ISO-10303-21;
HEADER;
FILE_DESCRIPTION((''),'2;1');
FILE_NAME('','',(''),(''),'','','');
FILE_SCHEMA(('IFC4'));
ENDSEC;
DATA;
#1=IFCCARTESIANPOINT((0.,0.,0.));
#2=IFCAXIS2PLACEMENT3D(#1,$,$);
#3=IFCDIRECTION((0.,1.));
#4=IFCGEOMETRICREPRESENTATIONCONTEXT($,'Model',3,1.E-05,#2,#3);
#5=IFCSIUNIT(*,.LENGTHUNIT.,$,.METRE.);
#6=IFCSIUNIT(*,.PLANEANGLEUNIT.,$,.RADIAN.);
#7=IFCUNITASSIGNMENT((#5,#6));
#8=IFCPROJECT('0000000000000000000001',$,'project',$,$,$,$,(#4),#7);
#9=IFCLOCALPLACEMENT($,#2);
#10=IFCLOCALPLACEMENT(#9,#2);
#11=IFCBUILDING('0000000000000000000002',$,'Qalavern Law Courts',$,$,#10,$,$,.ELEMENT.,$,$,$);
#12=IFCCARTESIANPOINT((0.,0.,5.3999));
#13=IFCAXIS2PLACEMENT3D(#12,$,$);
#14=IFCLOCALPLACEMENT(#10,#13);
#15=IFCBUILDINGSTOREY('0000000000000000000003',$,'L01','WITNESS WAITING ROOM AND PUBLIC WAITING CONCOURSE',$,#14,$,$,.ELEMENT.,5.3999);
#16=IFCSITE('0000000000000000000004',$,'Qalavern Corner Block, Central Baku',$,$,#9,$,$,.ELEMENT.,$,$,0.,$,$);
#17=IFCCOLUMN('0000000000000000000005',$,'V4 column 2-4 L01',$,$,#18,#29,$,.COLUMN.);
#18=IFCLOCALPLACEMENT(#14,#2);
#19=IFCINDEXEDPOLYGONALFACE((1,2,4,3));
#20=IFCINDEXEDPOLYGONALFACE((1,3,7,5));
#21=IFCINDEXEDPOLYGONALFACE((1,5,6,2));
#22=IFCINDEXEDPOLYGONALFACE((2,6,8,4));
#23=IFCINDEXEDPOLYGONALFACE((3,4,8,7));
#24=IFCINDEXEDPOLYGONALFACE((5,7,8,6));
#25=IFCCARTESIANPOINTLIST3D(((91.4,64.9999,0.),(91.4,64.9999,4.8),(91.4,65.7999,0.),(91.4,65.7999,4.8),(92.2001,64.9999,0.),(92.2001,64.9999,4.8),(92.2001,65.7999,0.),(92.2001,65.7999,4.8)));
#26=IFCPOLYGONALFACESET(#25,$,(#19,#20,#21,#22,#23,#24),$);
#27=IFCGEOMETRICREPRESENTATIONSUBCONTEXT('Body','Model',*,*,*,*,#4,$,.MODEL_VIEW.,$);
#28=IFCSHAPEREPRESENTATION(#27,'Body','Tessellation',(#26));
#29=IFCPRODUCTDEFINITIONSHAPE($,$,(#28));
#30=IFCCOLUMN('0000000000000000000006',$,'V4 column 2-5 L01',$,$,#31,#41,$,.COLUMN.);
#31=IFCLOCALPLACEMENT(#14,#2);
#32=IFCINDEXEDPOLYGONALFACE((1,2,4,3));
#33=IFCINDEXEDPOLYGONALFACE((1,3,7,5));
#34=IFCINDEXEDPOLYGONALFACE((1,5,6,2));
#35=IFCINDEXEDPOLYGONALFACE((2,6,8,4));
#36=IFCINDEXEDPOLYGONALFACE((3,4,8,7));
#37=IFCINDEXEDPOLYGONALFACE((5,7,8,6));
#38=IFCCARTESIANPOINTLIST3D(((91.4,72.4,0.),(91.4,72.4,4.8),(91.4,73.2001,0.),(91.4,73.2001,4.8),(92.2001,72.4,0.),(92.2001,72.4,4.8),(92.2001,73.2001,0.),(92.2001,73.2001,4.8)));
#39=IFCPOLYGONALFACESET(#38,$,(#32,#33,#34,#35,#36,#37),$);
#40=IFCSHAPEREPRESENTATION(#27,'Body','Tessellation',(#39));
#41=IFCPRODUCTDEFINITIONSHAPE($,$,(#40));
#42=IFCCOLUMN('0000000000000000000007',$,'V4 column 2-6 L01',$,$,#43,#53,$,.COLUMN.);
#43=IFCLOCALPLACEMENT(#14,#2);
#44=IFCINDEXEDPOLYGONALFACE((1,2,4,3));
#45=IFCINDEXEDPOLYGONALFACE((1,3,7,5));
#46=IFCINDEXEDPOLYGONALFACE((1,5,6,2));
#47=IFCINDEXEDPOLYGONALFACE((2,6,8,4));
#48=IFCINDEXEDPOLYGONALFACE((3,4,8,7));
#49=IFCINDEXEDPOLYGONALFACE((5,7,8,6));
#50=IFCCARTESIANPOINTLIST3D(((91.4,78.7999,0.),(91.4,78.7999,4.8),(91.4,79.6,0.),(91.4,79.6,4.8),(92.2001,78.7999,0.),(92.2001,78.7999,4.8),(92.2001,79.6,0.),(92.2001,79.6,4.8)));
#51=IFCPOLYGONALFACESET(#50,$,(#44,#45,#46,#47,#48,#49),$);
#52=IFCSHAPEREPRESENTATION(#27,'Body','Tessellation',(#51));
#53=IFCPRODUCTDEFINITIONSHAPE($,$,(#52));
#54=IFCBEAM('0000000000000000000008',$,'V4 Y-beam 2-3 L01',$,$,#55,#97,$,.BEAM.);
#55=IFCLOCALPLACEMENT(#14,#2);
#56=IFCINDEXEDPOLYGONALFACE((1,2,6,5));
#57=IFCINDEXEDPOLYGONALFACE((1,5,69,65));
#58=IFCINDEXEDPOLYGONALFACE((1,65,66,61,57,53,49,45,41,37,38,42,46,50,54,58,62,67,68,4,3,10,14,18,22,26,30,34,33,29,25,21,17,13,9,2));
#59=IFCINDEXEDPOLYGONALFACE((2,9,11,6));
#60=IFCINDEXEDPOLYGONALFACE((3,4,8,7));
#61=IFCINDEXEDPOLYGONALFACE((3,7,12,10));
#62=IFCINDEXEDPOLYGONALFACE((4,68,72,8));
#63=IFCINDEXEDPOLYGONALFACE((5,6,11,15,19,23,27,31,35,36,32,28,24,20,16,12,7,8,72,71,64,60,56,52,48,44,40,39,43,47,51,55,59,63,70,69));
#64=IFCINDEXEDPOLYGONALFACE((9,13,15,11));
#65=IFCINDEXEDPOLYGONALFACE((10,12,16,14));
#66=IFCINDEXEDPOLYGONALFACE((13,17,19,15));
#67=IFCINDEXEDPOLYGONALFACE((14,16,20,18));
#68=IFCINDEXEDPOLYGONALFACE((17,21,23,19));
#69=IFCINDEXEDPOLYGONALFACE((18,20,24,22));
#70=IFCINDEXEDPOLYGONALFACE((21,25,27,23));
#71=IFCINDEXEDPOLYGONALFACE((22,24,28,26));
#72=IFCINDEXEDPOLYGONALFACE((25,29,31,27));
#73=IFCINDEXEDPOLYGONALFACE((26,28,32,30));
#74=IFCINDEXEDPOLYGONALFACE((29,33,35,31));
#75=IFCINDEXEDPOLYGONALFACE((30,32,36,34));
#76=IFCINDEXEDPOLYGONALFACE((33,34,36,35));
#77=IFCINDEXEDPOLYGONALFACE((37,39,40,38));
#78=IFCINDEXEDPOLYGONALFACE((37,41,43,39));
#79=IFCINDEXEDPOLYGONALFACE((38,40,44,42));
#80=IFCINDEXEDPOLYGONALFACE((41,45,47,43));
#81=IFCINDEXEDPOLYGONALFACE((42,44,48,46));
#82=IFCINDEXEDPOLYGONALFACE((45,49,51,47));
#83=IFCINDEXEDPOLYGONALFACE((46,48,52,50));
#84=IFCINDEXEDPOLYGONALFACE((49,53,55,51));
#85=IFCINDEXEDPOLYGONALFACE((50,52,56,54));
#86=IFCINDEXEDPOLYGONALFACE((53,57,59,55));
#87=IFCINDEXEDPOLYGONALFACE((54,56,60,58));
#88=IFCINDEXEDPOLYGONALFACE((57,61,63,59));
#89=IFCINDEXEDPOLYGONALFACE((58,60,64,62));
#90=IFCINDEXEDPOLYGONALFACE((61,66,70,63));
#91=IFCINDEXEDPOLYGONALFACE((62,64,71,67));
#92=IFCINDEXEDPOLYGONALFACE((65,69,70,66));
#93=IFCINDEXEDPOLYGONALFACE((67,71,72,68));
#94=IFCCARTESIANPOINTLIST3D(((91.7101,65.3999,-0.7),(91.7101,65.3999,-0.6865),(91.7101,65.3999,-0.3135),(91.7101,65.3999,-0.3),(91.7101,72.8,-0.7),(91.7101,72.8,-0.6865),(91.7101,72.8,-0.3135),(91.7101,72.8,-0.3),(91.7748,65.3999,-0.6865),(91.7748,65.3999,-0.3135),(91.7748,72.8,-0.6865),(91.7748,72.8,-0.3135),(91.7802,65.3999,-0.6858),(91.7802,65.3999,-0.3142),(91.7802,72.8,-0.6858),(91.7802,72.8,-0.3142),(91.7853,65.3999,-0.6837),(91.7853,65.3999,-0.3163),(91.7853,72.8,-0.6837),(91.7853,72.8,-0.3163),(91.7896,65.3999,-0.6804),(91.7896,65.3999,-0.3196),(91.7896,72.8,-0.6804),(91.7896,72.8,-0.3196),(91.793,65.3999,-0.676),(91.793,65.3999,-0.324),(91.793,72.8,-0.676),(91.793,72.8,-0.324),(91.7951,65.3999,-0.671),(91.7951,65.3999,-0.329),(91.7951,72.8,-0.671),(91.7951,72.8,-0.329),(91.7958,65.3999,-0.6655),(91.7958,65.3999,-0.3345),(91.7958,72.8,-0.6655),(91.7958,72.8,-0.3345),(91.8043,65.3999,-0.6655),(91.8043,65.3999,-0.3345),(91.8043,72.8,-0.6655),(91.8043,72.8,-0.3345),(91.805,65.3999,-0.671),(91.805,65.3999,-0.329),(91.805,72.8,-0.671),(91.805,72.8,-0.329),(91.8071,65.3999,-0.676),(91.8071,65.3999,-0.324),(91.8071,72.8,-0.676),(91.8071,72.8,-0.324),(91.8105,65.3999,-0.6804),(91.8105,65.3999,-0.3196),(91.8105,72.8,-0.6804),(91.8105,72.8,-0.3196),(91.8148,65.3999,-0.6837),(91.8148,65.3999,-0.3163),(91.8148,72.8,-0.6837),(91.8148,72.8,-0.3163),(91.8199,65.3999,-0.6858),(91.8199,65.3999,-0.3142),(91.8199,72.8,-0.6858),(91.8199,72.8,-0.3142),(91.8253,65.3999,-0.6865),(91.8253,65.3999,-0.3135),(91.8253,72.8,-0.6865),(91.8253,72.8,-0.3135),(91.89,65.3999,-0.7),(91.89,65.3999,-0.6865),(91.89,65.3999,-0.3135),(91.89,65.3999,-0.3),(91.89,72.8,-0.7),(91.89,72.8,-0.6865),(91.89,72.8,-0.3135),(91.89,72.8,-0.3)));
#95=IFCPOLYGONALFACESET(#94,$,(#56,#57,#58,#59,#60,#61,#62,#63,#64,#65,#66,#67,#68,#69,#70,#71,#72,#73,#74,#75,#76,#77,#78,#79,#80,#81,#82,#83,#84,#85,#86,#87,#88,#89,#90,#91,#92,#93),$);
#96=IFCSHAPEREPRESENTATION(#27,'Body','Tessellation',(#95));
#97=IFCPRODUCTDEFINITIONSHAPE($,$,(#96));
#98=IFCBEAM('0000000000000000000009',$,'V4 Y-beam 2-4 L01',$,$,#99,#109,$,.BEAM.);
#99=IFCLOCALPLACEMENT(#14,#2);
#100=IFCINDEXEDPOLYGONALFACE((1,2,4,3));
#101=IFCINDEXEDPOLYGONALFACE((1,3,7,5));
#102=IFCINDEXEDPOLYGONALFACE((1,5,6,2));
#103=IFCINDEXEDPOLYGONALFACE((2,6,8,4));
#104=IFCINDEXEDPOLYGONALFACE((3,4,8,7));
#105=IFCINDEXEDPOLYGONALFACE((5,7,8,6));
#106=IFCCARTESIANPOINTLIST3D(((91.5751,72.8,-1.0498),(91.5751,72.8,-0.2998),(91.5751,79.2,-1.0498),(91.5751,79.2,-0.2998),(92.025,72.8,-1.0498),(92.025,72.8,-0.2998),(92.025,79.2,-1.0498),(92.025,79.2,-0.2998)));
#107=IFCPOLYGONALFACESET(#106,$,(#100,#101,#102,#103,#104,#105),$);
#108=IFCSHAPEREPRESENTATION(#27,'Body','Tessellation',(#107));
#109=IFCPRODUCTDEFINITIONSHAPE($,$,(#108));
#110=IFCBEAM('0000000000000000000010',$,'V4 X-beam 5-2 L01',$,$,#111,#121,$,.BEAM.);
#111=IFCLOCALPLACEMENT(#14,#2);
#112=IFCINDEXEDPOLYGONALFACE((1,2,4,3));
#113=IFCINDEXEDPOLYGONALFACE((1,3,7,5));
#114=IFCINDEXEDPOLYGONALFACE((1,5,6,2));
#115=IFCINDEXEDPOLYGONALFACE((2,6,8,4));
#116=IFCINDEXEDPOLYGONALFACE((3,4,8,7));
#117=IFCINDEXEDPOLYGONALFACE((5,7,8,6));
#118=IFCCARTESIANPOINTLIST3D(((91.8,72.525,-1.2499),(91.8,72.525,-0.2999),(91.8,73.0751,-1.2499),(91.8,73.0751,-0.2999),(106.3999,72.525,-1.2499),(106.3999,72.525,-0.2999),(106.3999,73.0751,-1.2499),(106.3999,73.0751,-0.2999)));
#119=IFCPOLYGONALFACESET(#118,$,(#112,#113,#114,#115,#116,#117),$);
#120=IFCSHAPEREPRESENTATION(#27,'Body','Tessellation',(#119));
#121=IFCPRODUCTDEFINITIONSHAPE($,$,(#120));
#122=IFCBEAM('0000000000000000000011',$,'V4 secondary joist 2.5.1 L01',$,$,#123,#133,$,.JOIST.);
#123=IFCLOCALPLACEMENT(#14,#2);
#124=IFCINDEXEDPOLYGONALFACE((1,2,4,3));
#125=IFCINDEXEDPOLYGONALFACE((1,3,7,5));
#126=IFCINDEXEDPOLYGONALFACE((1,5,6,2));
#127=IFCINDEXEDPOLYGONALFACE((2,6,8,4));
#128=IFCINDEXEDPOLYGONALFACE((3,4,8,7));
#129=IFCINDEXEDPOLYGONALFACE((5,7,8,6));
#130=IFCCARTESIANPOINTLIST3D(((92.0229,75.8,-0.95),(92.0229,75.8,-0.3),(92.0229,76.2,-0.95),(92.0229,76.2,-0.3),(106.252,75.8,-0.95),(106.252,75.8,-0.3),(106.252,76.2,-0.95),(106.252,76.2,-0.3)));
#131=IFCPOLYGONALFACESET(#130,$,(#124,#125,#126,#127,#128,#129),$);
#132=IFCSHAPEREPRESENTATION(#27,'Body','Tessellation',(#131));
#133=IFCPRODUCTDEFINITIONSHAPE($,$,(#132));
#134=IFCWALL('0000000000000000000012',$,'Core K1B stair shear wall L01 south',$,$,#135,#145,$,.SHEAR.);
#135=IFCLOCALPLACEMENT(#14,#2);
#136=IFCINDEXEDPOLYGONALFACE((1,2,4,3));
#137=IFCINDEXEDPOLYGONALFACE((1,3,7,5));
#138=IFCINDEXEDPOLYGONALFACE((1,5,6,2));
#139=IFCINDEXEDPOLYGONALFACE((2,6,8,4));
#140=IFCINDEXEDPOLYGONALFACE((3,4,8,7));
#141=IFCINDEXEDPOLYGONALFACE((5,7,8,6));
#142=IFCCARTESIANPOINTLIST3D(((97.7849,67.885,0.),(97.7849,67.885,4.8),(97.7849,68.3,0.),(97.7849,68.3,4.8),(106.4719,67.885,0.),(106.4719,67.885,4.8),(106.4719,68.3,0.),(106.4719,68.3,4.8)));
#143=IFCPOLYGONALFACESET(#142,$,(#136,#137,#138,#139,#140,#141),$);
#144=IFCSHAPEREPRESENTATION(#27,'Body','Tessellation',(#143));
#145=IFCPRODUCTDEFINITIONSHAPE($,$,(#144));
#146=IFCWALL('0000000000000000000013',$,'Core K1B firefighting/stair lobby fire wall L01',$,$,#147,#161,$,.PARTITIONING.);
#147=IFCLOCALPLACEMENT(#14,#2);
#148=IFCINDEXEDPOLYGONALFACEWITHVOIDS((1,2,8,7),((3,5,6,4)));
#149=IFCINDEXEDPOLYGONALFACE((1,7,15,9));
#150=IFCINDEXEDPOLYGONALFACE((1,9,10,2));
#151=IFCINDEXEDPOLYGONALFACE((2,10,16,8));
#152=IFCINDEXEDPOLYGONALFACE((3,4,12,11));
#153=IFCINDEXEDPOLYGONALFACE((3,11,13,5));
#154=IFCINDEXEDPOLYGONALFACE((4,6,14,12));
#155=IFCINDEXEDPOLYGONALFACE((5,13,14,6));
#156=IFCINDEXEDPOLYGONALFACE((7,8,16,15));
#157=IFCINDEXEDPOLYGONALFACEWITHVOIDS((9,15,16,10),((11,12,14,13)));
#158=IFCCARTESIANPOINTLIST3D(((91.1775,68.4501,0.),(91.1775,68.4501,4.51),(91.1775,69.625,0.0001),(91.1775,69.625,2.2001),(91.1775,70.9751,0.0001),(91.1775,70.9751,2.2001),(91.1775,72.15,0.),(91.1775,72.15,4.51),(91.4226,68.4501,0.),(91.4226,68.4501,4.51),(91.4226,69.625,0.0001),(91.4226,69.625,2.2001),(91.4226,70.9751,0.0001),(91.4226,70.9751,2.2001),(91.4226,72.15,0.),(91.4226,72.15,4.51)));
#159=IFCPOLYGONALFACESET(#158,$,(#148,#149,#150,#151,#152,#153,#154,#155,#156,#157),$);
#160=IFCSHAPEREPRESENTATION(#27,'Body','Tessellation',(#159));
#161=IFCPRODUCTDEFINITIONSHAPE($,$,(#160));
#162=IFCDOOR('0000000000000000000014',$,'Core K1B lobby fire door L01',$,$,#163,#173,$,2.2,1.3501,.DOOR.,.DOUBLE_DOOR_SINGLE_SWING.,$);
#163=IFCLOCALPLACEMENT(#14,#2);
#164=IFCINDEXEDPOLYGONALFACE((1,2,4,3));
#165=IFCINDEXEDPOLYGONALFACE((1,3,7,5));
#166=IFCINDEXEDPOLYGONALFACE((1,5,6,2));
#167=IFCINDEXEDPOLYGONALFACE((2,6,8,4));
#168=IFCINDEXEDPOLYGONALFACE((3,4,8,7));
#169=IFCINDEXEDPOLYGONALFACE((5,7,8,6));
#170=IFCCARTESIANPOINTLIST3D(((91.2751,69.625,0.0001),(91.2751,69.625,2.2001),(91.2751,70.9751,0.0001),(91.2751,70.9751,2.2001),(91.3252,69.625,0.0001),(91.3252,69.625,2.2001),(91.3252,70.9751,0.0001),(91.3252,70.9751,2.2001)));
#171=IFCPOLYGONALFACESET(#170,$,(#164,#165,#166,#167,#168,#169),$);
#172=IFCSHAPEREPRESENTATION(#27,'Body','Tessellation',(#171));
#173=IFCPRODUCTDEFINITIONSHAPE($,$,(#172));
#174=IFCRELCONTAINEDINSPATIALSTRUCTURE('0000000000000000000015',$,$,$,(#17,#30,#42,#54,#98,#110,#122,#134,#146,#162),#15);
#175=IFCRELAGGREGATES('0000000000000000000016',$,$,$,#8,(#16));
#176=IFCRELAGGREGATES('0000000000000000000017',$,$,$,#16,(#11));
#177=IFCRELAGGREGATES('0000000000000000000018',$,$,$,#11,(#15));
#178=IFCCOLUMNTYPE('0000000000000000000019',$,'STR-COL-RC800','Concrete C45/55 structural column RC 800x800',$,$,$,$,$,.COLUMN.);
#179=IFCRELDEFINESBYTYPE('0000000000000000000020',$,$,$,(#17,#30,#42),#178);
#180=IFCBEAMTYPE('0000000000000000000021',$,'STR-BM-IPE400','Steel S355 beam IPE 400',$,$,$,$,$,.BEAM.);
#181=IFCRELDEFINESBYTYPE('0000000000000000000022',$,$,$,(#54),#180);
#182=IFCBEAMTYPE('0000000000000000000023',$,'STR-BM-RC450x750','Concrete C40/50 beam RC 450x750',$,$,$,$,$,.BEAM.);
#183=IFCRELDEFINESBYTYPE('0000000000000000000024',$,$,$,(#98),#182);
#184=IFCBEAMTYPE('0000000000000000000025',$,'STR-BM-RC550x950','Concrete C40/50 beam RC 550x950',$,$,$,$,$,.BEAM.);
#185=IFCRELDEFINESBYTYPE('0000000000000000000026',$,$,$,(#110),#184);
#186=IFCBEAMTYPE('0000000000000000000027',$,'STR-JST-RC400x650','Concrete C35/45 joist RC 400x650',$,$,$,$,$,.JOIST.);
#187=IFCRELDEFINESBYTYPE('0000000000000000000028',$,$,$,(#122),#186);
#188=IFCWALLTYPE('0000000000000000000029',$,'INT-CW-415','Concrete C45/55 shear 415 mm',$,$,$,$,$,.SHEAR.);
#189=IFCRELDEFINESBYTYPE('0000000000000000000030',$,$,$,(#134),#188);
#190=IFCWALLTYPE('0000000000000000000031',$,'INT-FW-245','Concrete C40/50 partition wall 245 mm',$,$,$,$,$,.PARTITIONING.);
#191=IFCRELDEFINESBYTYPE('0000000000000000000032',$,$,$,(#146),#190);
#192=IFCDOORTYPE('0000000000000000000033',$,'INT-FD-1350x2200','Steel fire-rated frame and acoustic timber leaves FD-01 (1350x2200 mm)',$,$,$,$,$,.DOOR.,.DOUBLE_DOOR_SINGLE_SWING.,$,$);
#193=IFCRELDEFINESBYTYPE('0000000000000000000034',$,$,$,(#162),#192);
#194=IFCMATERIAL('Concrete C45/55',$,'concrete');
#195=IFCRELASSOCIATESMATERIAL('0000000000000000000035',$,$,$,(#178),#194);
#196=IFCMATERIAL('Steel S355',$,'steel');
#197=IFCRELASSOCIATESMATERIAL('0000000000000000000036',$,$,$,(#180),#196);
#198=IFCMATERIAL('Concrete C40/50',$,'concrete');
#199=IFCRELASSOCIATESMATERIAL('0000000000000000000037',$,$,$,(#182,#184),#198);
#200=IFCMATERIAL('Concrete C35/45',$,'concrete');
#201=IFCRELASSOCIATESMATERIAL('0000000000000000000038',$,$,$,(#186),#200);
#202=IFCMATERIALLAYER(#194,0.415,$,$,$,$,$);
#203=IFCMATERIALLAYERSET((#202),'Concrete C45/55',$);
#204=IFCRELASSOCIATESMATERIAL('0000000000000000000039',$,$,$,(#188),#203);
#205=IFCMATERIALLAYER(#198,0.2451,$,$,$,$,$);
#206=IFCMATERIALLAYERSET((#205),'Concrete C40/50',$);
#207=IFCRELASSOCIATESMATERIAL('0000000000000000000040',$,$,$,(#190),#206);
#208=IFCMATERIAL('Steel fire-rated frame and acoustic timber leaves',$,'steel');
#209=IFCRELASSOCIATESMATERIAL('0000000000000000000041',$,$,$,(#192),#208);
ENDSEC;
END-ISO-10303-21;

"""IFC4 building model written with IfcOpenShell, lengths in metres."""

from ifc_helpers import new_model, si_unit, direction, frame, frame_2d, origin, origin_2d, place, context, subcontext, project, spatial, rectangle, i_section, extrude, material, layer, layer_set, material_profile, profile_set, type_object, element, fill, save


model = new_model("IFC4")

# Units and contexts
model_context = context("Model", 3, precision=1e-05, world=origin(), true_north=direction((0.0, 1.0)))
body_context = subcontext(model_context, "Body", "Model", "MODEL_VIEW")
ifc_project = project(units=[si_unit("LENGTHUNIT", "METRE"), si_unit("PLANEANGLEUNIT", "RADIAN")], contexts=[model_context])

# Site, building, storey
site_placement = place(None, origin())
site = spatial("IfcSite", under=ifc_project, at=site_placement, Name="Qalavern Corner Block, Central Baku", CompositionType="ELEMENT", RefElevation=0.0)
building_placement = place(site_placement, origin())
building = spatial("IfcBuilding", under=site, at=building_placement, Name="Qalavern Law Courts", CompositionType="ELEMENT")
storey_placement = place(building_placement, frame((0.0, 0.0, 5.3999)))
storey = spatial("IfcBuildingStorey", under=building, at=storey_placement, Name="L01", Description="WITNESS WAITING ROOM AND PUBLIC WAITING CONCOURSE", CompositionType="ELEMENT", Elevation=5.3999)

# Columns
ifc_material_1 = material(Name="Concrete C45/55", Category="concrete")
ifc_material_profile_1 = material_profile(ifc_material_1, rectangle(XDim=0.8, YDim=0.8, at=origin_2d()), Name="RC 800x800")
ifc_profile_set_1 = profile_set([ifc_material_profile_1], Name="Concrete C45/55")
column_type = type_object("IfcColumnType", Name="STR-COL-RC800", Description="Concrete C45/55 structural column RC 800x800", PredefinedType="COLUMN", material=ifc_profile_set_1)
for number, where, z_axis, x_axis, name in (
    (1, (91.8, 65.3999, 0.0), (0.0, 0.0, 1.0), (1.0, 0.0, 0.0), "V4 column 2-4 L01"),
    (2, (91.8, 72.8, 0.0), (0.0, 0.0, 1.0), (1.0, 0.0, 0.0), "V4 column 2-5 L01"),
    (3, (91.8, 79.2, 0.0), (0.0, 0.0, 1.0), (1.0, 0.0, 0.0), "V4 column 2-6 L01"),
):
    element("IfcColumn", number, at=place(storey_placement, frame(where, z_axis=z_axis, x_axis=x_axis)), inside=storey, type_object=column_type, Name=name, PredefinedType="COLUMN", context=body_context, shape_type="SweptSolid", body=[
        extrude(rectangle(XDim=0.8, YDim=0.8, at=origin_2d()), origin(), (0.0, 0.0, 1.0), 4.8),
    ])

# Beams
ifc_material_2 = material(Name="Steel S355", Category="steel")
ifc_material_profile_2 = material_profile(ifc_material_2, i_section(OverallWidth=0.1799, OverallDepth=0.3999, WebThickness=0.0085, FlangeThickness=0.0134, FilletRadius=0.021, at=origin_2d()), Name="IPE 400")
ifc_profile_set_2 = profile_set([ifc_material_profile_2], Name="Steel S355")
beam_type_1 = type_object("IfcBeamType", Name="STR-BM-IPE400", Description="Steel S355 beam IPE 400", PredefinedType="BEAM", material=ifc_profile_set_2)
beam_1_placement = place(storey_placement, frame((91.8, 65.3999, -0.5), z_axis=(0.0, 1.0, 0.0), x_axis=(-1.0, 0.0, 0.0)))
element("IfcBeam", 4, at=beam_1_placement, inside=storey, type_object=beam_type_1, Name="V4 Y-beam 2-3 L01", PredefinedType="BEAM", context=body_context, shape_type="SweptSolid", body=[
    extrude(i_section(OverallWidth=0.1799, OverallDepth=0.3999, WebThickness=0.0085, FlangeThickness=0.0134, FilletRadius=0.021, at=origin_2d()), origin(), (0.0, 0.0, 1.0), 7.4001),
])
ifc_material_3 = material(Name="Concrete C40/50", Category="concrete")
ifc_material_profile_3 = material_profile(ifc_material_3, rectangle(XDim=0.45, YDim=0.75, at=origin_2d()), Name="RC 450x750")
ifc_profile_set_3 = profile_set([ifc_material_profile_3], Name="Concrete C40/50")
beam_type_2 = type_object("IfcBeamType", Name="STR-BM-RC450x750", Description="Concrete C40/50 beam RC 450x750", PredefinedType="BEAM", material=ifc_profile_set_3)
beam_2_placement = place(storey_placement, frame((91.8, 72.8, -0.6748), z_axis=(0.0, 1.0, 0.0), x_axis=(-1.0, 0.0, 0.0)))
element("IfcBeam", 5, at=beam_2_placement, inside=storey, type_object=beam_type_2, Name="V4 Y-beam 2-4 L01", PredefinedType="BEAM", context=body_context, shape_type="SweptSolid", body=[
    extrude(rectangle(XDim=0.45, YDim=0.75, at=origin_2d()), origin(), (0.0, 0.0, 1.0), 6.3999),
])
ifc_material_profile_4 = material_profile(ifc_material_3, rectangle(XDim=0.55, YDim=0.95, at=origin_2d()), Name="RC 550x950")
ifc_profile_set_4 = profile_set([ifc_material_profile_4], Name="Concrete C40/50")
beam_type_3 = type_object("IfcBeamType", Name="STR-BM-RC550x950", Description="Concrete C40/50 beam RC 550x950", PredefinedType="BEAM", material=ifc_profile_set_4)
beam_3_placement = place(storey_placement, frame((91.8, 72.8, -0.7749), z_axis=(1.0, 0.0, 0.0), x_axis=(0.0, 1.0, 0.0)))
element("IfcBeam", 6, at=beam_3_placement, inside=storey, type_object=beam_type_3, Name="V4 X-beam 5-2 L01", PredefinedType="BEAM", context=body_context, shape_type="SweptSolid", body=[
    extrude(rectangle(XDim=0.55, YDim=0.95, at=origin_2d()), origin(), (0.0, 0.0, 1.0), 14.5999),
])
ifc_material_4 = material(Name="Concrete C35/45", Category="concrete")
ifc_material_profile_5 = material_profile(ifc_material_4, rectangle(XDim=0.3999, YDim=0.6499, at=origin_2d()), Name="RC 400x650")
ifc_profile_set_5 = profile_set([ifc_material_profile_5], Name="Concrete C35/45")
beam_type_4 = type_object("IfcBeamType", Name="STR-JST-RC400x650", Description="Concrete C35/45 joist RC 400x650", PredefinedType="JOIST", material=ifc_profile_set_5)
beam_4_placement = place(storey_placement, frame((92.0229, 76.0, -0.625), z_axis=(1.0, 0.0, 0.0), x_axis=(0.0, 1.0, 0.0)))
element("IfcBeam", 7, at=beam_4_placement, inside=storey, type_object=beam_type_4, Name="V4 secondary joist 2.5.1 L01", PredefinedType="JOIST", context=body_context, shape_type="SweptSolid", body=[
    extrude(rectangle(XDim=0.3999, YDim=0.6499, at=origin_2d()), origin(), (0.0, 0.0, 1.0), 14.229),
])

# Wall
ifc_layer_1 = layer(ifc_material_1, 0.415)
ifc_layer_set_1 = layer_set([ifc_layer_1], Name="Concrete C45/55")
wall_type_1 = type_object("IfcWallType", Name="INT-CW-415", Description="Concrete C45/55 shear 415 mm", PredefinedType="SHEAR", material=ifc_layer_set_1)
wall_1_placement = place(storey_placement, frame((97.7849, 68.0925, 0.0), z_axis=(0.0, 0.0, 1.0), x_axis=(1.0, 0.0, 0.0)))
element("IfcWall", 8, at=wall_1_placement, inside=storey, type_object=wall_type_1, Name="Core K1B stair shear wall L01 south", PredefinedType="SHEAR", context=body_context, shape_type="SweptSolid", body=[
    extrude(rectangle(XDim=8.687, YDim=0.415, at=frame_2d((4.3435, 0.0))), origin(), (0.0, 0.0, 1.0), 4.8),
])

# Wall, opening, door
ifc_layer_2 = layer(ifc_material_3, 0.2451)
ifc_layer_set_2 = layer_set([ifc_layer_2], Name="Concrete C40/50")
wall_type_2 = type_object("IfcWallType", Name="INT-FW-245", Description="Concrete C40/50 partition wall 245 mm", PredefinedType="PARTITIONING", material=ifc_layer_set_2)
wall_2_placement = place(storey_placement, frame((91.3, 68.45, 0.0), z_axis=(0.0, 0.0, 1.0), x_axis=(0.0, 1.0, 0.0)))
wall_2 = element("IfcWall", 9, at=wall_2_placement, inside=storey, type_object=wall_type_2, Name="Core K1B firefighting/stair lobby fire wall L01", PredefinedType="PARTITIONING", context=body_context, shape_type="SweptSolid", body=[
    extrude(rectangle(XDim=3.7, YDim=0.2451, at=frame_2d((1.8501, 0.0))), origin(), (0.0, 0.0, 1.0), 4.51),
])
opening_1_placement = place(wall_2_placement, frame((1.175, 0.0, 0.0)))
opening_1 = element("IfcOpeningElement", 10, at=opening_1_placement, cuts=wall_2, PredefinedType="OPENING", context=body_context, shape_type="SweptSolid", body=[
    extrude(rectangle(XDim=1.3501, YDim=2.2, at=frame_2d((0.675, 1.1001))), frame((0.0, 0.1375, 0.0), z_axis=(0.0, -1.0, 0.0), x_axis=(1.0, 0.0, 0.0)), (0.0, 0.0, 1.0), 0.2749),
])
ifc_material_5 = material(Name="Steel fire-rated frame and acoustic timber leaves", Category="steel")
door_type_1 = type_object("IfcDoorType", Name="INT-FD-1350x2200", Description="Steel fire-rated frame and acoustic timber leaves FD-01 (1350x2200 mm)", OperationType="DOUBLE_DOOR_SINGLE_SWING", PredefinedType="DOOR", material=ifc_material_5)
door_1_placement = place(opening_1_placement, origin())
door_1 = element("IfcDoor", 11, at=door_1_placement, inside=storey, type_object=door_type_1, Name="Core K1B lobby fire door L01", OperationType="DOUBLE_DOOR_SINGLE_SWING", OverallHeight=2.2, OverallWidth=1.3501, PredefinedType="DOOR", context=body_context, shape_type="SweptSolid", body=[
    extrude(rectangle(XDim=1.3501, YDim=2.2, at=frame_2d((0.675, 1.1001))), frame((0.0, 0.0249, 0.0), z_axis=(0.0, -1.0, 0.0), x_axis=(1.0, 0.0, 0.0)), (0.0, 0.0, 1.0), 0.05),
])
fill(opening_1, door_1)

save(model, "model.ifc")
